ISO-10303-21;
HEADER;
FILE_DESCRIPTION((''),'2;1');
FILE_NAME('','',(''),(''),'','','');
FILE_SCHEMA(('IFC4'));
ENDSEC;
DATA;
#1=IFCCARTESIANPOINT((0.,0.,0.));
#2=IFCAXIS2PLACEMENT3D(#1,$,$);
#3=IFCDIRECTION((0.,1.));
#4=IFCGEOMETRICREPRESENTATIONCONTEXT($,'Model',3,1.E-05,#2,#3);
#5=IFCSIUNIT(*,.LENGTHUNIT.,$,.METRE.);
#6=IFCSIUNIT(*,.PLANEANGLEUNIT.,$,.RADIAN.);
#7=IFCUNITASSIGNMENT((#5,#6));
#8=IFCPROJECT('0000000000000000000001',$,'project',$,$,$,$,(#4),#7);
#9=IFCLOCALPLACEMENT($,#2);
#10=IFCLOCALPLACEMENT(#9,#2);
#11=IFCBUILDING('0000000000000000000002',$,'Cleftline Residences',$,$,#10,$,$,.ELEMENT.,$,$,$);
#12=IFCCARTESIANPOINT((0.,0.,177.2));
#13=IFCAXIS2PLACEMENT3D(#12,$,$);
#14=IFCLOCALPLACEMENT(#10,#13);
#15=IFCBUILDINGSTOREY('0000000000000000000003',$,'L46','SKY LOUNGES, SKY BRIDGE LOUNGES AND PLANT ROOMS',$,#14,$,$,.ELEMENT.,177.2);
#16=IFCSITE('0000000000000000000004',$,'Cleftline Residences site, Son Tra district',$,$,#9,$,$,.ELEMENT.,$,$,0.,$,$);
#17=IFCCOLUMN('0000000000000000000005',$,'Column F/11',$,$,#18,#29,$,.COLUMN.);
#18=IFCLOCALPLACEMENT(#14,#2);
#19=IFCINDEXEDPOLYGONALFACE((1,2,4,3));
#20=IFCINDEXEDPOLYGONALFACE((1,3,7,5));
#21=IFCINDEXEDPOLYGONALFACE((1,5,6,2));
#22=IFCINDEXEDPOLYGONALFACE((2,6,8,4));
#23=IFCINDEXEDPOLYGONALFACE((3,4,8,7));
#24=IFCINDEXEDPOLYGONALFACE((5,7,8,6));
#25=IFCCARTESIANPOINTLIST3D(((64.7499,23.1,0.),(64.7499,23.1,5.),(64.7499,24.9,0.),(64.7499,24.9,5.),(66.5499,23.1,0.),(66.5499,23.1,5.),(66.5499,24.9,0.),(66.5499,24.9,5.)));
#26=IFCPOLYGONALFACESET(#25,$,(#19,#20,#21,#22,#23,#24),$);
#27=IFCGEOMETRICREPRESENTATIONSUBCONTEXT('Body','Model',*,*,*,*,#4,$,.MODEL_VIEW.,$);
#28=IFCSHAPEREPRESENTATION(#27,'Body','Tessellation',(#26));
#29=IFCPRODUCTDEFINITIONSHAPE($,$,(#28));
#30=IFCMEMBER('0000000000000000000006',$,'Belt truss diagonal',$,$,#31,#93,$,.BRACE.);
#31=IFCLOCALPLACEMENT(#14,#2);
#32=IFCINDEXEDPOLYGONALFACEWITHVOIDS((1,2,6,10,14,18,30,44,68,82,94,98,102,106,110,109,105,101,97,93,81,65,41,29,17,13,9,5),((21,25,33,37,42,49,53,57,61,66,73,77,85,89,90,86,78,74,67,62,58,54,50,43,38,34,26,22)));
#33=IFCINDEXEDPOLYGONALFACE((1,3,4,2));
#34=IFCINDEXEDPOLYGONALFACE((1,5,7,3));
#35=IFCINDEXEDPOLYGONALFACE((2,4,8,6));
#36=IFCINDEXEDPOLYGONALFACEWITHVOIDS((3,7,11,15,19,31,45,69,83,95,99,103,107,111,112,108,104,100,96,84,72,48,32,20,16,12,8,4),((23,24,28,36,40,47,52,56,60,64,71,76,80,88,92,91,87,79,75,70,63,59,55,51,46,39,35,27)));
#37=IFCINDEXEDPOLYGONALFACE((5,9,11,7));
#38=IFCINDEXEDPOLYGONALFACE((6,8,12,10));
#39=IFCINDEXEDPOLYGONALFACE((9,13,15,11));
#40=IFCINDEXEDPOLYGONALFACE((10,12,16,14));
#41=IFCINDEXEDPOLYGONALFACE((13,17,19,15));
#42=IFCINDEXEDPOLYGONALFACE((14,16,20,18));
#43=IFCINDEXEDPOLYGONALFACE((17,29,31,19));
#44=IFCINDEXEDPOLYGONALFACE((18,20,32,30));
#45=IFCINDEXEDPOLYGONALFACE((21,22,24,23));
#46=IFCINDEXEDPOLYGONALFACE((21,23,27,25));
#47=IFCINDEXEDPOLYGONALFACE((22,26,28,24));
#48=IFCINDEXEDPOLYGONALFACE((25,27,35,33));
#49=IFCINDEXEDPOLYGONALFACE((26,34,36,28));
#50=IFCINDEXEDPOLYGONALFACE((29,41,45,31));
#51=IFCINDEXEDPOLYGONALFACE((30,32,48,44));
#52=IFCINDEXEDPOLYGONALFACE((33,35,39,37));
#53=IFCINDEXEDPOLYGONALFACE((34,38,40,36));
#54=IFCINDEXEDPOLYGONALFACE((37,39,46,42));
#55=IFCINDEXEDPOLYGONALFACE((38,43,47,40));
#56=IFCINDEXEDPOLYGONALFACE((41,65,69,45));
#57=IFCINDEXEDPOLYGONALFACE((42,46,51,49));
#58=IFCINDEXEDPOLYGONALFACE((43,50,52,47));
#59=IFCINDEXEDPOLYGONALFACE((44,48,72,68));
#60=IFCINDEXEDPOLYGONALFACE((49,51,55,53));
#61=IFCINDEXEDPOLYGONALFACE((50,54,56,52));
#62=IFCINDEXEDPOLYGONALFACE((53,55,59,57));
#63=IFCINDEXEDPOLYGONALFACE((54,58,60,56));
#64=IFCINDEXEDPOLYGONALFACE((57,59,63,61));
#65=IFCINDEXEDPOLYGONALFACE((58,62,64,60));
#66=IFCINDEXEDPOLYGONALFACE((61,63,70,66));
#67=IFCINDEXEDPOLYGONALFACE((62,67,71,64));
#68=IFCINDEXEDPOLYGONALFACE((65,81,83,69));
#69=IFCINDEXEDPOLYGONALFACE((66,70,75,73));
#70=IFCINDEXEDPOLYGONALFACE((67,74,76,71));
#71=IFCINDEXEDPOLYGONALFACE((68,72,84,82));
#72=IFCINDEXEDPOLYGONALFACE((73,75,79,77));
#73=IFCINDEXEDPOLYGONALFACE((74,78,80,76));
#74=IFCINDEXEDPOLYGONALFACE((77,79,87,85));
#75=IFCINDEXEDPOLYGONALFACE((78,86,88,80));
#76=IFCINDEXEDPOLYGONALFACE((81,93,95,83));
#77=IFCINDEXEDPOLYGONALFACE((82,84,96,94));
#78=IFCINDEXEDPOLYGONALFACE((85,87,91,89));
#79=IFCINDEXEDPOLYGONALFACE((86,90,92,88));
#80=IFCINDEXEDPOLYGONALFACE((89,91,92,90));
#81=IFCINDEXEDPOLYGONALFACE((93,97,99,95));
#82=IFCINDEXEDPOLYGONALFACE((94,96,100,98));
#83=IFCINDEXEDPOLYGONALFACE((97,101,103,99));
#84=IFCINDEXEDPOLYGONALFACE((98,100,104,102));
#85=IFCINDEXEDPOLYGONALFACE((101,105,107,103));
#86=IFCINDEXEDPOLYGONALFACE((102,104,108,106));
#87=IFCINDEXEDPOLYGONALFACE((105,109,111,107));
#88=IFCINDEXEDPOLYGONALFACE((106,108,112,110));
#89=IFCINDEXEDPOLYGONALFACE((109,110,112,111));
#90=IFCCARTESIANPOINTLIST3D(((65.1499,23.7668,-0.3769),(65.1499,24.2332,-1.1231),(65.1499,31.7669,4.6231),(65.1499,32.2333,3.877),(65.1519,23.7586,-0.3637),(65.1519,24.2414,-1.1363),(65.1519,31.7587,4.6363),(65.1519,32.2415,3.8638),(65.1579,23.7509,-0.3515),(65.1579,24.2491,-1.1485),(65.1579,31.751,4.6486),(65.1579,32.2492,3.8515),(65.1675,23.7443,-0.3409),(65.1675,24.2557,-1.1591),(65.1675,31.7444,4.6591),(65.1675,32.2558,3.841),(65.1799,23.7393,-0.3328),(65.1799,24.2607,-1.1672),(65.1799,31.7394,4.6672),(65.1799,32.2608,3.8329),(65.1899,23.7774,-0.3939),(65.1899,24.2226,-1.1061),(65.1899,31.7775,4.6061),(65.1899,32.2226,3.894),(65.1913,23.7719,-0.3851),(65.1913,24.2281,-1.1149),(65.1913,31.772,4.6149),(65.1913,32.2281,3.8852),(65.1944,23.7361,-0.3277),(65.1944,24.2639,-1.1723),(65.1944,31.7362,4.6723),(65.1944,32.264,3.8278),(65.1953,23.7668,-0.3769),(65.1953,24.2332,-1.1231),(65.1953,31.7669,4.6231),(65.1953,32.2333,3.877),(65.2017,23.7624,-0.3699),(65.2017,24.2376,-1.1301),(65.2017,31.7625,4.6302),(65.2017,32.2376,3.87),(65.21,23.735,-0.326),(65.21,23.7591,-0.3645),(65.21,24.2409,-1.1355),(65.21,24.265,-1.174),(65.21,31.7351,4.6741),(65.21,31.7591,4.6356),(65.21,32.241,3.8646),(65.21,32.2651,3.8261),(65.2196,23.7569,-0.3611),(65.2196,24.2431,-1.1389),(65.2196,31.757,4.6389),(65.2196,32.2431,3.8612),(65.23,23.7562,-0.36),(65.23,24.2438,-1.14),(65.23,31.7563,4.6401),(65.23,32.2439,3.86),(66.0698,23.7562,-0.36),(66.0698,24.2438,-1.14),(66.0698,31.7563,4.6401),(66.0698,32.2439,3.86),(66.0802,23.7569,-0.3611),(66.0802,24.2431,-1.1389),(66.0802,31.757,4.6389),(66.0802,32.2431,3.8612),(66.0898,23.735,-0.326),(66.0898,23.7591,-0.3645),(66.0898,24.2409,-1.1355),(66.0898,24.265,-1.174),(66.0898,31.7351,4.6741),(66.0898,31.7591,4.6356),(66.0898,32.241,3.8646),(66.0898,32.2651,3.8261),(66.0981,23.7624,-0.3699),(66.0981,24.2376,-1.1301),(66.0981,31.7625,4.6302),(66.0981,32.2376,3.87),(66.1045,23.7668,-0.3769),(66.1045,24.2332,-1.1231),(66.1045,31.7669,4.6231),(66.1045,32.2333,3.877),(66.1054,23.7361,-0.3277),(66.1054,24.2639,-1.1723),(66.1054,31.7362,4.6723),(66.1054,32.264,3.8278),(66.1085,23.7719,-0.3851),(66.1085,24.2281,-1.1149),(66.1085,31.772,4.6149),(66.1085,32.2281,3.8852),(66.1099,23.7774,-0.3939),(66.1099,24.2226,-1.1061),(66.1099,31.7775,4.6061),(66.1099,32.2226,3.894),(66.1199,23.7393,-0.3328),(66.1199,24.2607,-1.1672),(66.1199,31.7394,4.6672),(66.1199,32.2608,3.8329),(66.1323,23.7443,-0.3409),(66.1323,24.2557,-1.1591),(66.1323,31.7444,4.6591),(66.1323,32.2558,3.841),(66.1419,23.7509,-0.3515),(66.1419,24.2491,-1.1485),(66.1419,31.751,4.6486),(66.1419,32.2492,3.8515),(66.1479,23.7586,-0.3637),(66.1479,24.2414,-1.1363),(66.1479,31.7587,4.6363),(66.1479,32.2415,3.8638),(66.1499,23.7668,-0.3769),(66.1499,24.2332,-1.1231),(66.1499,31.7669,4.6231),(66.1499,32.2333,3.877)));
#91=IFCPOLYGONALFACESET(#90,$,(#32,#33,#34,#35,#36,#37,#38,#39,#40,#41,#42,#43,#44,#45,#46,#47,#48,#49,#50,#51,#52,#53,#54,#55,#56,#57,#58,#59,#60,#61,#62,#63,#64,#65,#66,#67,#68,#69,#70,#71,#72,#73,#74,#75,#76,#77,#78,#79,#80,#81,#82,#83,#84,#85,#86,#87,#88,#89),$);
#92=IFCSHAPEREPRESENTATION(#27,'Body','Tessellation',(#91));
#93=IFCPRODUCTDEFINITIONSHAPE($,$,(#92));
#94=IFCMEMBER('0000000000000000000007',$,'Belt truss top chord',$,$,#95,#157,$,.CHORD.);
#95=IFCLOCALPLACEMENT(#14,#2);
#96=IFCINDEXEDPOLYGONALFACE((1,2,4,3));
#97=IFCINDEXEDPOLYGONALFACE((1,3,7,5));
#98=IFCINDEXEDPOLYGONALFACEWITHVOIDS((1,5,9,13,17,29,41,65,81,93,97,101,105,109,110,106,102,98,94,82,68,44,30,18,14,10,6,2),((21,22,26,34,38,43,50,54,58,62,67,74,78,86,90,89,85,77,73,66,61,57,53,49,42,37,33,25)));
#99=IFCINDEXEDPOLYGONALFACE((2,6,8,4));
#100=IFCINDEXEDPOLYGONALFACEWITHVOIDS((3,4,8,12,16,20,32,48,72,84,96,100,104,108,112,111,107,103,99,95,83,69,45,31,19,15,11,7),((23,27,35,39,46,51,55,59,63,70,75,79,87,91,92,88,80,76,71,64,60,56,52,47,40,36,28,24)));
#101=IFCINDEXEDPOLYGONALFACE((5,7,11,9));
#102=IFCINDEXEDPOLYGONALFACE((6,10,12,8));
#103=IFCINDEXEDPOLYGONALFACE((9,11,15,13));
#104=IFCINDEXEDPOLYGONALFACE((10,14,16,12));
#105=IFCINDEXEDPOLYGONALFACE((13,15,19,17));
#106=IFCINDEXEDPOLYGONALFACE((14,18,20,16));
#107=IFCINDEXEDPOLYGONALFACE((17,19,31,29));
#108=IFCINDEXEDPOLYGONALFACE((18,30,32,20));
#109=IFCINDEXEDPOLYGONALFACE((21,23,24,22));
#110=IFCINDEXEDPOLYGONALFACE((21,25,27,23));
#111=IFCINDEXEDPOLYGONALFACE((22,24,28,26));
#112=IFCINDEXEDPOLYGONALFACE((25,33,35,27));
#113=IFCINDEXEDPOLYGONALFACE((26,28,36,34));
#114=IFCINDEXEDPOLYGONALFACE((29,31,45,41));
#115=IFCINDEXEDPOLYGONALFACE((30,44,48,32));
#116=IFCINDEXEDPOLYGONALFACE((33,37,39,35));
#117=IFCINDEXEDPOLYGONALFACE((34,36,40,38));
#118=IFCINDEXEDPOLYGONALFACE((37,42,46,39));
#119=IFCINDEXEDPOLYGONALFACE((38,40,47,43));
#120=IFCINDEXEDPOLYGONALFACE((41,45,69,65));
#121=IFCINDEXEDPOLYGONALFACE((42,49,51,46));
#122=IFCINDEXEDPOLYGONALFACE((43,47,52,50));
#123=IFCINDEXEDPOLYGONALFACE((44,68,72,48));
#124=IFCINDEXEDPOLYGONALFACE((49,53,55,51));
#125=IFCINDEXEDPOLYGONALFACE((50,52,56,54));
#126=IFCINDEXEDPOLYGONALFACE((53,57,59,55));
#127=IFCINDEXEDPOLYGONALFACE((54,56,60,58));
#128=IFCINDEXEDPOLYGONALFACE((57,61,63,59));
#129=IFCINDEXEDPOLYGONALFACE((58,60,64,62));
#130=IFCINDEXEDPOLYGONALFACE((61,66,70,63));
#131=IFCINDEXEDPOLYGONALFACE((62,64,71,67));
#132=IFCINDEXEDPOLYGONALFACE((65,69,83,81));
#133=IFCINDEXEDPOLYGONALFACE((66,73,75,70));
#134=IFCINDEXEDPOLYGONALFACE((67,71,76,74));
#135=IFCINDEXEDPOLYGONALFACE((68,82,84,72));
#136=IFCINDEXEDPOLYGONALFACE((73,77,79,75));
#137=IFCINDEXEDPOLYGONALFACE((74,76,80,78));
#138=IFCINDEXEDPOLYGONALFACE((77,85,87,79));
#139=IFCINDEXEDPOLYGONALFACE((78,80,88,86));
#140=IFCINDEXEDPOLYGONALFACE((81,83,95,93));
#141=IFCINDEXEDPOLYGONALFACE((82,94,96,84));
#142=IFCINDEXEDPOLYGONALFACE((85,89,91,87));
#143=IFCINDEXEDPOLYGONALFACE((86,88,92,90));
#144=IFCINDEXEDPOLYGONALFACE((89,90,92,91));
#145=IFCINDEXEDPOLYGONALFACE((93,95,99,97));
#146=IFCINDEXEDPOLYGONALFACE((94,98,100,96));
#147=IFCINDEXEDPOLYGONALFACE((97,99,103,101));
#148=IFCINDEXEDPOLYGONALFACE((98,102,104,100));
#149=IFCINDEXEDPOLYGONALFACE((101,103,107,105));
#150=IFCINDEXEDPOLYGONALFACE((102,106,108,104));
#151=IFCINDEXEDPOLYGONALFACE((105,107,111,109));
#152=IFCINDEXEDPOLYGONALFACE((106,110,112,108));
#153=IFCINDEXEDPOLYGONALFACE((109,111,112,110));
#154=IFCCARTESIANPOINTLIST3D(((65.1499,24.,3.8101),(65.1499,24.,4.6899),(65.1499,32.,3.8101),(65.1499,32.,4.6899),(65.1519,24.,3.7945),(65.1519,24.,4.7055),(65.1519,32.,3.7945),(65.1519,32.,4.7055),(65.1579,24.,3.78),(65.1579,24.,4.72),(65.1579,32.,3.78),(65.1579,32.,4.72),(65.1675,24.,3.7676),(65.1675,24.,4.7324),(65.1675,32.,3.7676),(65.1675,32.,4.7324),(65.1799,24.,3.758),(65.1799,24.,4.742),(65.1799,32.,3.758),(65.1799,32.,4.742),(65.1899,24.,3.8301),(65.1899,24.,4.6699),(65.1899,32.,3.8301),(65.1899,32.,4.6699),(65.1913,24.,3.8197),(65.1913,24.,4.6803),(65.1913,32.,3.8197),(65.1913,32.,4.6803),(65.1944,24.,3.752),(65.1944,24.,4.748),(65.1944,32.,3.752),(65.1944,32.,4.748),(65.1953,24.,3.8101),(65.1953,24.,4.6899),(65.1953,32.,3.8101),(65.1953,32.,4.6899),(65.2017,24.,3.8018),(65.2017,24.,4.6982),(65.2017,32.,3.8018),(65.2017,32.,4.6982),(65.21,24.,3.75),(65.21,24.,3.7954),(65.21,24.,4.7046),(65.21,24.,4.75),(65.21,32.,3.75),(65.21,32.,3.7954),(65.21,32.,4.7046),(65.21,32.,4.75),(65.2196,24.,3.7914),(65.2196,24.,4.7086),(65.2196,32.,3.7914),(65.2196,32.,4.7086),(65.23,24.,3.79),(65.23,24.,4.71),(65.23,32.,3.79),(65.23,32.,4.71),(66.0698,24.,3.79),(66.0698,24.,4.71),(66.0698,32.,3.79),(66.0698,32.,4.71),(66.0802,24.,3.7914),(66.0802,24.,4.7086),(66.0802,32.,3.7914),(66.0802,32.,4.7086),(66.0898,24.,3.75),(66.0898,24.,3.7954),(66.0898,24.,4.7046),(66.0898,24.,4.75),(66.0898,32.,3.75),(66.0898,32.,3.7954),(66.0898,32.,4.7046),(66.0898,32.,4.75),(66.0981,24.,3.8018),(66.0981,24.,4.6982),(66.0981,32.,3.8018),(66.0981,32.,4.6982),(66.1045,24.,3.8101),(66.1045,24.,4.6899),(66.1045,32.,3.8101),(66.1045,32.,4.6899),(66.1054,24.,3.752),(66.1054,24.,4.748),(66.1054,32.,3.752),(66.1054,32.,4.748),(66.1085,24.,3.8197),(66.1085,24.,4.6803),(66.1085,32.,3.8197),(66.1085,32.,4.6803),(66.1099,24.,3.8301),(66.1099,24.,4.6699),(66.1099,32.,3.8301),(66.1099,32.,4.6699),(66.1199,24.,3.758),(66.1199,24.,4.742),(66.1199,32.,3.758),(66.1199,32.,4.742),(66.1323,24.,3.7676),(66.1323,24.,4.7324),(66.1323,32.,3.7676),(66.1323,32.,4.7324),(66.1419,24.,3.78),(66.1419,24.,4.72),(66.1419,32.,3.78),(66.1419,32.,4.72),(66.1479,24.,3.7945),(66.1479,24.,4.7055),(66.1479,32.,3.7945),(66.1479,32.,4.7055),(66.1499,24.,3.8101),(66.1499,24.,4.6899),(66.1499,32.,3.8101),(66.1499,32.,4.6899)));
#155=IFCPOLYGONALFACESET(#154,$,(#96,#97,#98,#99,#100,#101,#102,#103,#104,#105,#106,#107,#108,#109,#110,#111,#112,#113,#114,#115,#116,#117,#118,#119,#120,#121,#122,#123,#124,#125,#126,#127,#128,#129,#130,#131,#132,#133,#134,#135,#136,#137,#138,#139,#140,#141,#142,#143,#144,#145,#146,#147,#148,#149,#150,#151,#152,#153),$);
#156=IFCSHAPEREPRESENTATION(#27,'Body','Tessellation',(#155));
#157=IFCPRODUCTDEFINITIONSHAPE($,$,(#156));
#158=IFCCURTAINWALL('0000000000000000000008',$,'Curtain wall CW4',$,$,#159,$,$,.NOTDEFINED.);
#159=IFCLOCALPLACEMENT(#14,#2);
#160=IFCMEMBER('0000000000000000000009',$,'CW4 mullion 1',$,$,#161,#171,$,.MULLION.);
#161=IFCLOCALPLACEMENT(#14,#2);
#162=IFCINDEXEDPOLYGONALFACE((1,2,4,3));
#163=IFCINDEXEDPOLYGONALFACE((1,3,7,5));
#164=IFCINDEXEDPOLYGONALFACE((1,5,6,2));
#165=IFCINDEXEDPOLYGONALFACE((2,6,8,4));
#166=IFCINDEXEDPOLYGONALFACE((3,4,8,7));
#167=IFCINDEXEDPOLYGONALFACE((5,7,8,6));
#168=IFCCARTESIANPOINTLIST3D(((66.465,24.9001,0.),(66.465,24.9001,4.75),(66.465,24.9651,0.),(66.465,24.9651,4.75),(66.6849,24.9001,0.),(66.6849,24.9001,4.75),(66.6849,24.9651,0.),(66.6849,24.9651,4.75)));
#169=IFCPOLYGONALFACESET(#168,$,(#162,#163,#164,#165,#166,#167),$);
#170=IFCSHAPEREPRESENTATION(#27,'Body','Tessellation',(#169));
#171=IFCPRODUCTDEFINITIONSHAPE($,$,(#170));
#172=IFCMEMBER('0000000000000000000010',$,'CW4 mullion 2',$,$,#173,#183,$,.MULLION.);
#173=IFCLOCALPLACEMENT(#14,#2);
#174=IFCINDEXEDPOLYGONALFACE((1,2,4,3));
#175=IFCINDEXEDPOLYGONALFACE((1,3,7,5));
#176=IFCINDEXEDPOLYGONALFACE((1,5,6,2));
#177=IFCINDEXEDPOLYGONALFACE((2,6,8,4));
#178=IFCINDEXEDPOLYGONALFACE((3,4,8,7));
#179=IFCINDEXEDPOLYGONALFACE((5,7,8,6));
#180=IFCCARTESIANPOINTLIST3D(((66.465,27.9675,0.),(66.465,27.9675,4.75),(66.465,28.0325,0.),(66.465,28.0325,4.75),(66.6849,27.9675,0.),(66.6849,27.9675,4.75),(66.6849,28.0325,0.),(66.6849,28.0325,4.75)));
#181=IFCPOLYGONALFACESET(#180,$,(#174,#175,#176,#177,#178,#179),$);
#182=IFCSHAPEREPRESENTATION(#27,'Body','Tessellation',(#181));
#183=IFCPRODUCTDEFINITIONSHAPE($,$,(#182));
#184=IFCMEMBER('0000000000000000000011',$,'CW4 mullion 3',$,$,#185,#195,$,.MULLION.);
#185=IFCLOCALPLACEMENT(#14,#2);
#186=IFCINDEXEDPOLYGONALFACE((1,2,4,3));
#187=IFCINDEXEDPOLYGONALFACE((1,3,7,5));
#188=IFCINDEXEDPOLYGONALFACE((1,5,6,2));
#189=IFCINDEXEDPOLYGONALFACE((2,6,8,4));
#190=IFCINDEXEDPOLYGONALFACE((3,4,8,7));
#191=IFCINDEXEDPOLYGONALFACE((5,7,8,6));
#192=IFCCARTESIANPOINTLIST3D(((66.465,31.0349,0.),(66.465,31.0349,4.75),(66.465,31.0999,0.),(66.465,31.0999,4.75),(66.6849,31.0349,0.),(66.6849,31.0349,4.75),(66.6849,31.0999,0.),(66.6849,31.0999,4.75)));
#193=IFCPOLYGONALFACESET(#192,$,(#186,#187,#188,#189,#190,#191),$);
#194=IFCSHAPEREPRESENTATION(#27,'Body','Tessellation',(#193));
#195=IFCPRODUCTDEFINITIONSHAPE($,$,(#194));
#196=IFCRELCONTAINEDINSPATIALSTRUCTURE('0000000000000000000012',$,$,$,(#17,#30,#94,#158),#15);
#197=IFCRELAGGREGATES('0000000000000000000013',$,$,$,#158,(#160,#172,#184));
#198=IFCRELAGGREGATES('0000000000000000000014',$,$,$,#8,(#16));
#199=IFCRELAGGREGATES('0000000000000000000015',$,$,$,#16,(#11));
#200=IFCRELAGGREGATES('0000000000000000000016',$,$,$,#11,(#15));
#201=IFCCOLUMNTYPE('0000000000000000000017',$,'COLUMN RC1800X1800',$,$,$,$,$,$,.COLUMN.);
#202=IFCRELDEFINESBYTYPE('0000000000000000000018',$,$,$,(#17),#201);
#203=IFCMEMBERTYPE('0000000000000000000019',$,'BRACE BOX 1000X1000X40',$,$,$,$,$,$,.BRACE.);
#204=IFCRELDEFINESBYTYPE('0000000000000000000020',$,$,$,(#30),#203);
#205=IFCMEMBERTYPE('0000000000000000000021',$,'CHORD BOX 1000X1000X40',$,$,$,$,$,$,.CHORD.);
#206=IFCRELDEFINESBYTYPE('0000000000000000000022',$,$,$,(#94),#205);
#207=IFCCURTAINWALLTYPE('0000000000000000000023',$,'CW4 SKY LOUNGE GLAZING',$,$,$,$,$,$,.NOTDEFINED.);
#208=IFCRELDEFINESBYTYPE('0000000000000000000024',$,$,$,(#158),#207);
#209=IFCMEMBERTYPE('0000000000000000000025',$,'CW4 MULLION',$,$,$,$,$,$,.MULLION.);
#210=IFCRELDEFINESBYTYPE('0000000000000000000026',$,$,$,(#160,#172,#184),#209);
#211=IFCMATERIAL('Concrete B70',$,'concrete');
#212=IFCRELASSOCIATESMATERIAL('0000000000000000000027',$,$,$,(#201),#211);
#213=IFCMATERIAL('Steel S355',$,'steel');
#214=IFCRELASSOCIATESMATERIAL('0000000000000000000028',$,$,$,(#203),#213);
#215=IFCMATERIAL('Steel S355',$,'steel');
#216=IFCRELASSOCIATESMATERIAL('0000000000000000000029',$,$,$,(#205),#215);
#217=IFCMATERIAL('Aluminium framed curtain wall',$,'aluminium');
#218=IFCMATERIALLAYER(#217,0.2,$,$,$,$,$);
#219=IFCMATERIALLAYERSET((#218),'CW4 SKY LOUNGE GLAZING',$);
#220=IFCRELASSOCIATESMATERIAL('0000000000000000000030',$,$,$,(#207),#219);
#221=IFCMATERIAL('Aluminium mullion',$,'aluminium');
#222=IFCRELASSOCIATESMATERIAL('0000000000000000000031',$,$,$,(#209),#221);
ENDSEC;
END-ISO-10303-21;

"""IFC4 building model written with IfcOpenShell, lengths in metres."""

from ifc_helpers import new_model, si_unit, direction, frame, origin, origin_2d, place, context, subcontext, project, spatial, rectangle, hollow_rectangle, extrude, material, layer, layer_set, material_profile, profile_set, type_object, element, aggregate, save


model = new_model("IFC4")

# Units and contexts
model_context = context("Model", 3, precision=1e-05, world=origin(), true_north=direction((0.0, 1.0)))
body_context = subcontext(model_context, "Body", "Model", "MODEL_VIEW")
ifc_project = project(units=[si_unit("LENGTHUNIT", "METRE"), si_unit("PLANEANGLEUNIT", "RADIAN")], contexts=[model_context])

# Site, building, storey
site_placement = place(None, origin())
site = spatial("IfcSite", under=ifc_project, at=site_placement, Name="Cleftline Residences site, Son Tra district", CompositionType="ELEMENT", RefElevation=0.0)
building_placement = place(site_placement, origin())
building = spatial("IfcBuilding", under=site, at=building_placement, Name="Cleftline Residences", CompositionType="ELEMENT")
storey_placement = place(building_placement, frame((0.0, 0.0, 177.2)))
storey = spatial("IfcBuildingStorey", under=building, at=storey_placement, Name="L46", Description="SKY LOUNGES, SKY BRIDGE LOUNGES AND PLANT ROOMS", CompositionType="ELEMENT", Elevation=177.2)

# Column
ifc_material_1 = material(Name="Concrete B70", Category="concrete")
ifc_material_profile_1 = material_profile(ifc_material_1, rectangle(XDim=1.8, YDim=1.8, at=origin_2d()))
ifc_profile_set_1 = profile_set([ifc_material_profile_1], Name="Concrete B70")
column_type = type_object("IfcColumnType", Name="COLUMN RC1800X1800", PredefinedType="COLUMN", material=ifc_profile_set_1)
column_placement = place(storey_placement, frame((65.6499, 24.0, 0.0), z_axis=(0.0, 0.0, 1.0), x_axis=(1.0, 0.0, 0.0)))
element("IfcColumn", 1, at=column_placement, inside=storey, type_object=column_type, Name="Column F/11", PredefinedType="COLUMN", context=body_context, shape_type="SweptSolid", body=[
    extrude(rectangle(XDim=1.8, YDim=1.8, at=origin_2d()), origin(), (0.0, 0.0, 1.0), 5.0),
])

# Members
ifc_material_2 = material(Name="Steel S355", Category="steel")
ifc_material_profile_2 = material_profile(ifc_material_2, hollow_rectangle(XDim=1.0, YDim=1.0, WallThickness=0.04, InnerFilletRadius=0.04, OuterFilletRadius=0.0601, at=origin_2d()))
ifc_profile_set_2 = profile_set([ifc_material_profile_2], Name="Steel S355")
member_type_1 = type_object("IfcMemberType", Name="BRACE BOX 1000X1000X40", PredefinedType="BRACE", material=ifc_profile_set_2)
member_1_placement = place(storey_placement, frame((65.6499, 24.0, -0.75), z_axis=(0.0, 0.847998, 0.529999), x_axis=(0.0, -0.529999, 0.847998)))
element("IfcMember", 2, at=member_1_placement, inside=storey, type_object=member_type_1, Name="Belt truss diagonal", PredefinedType="BRACE", context=body_context, shape_type="SweptSolid", body=[
    extrude(hollow_rectangle(XDim=1.0, YDim=1.0, WallThickness=0.04, InnerFilletRadius=0.04, OuterFilletRadius=0.0601, at=origin_2d()), origin(), (0.0, 0.0, 1.0), 9.4341),
])
ifc_material_3 = material(Name="Steel S355", Category="steel")
ifc_material_profile_3 = material_profile(ifc_material_3, hollow_rectangle(XDim=1.0, YDim=1.0, WallThickness=0.04, InnerFilletRadius=0.04, OuterFilletRadius=0.0601, at=origin_2d()))
ifc_profile_set_3 = profile_set([ifc_material_profile_3], Name="Steel S355")
member_type_2 = type_object("IfcMemberType", Name="CHORD BOX 1000X1000X40", PredefinedType="CHORD", material=ifc_profile_set_3)
member_2_placement = place(storey_placement, frame((65.6499, 24.0, 4.25), z_axis=(0.0, 1.0, 0.0), x_axis=(-1.0, 0.0, 0.0)))
element("IfcMember", 3, at=member_2_placement, inside=storey, type_object=member_type_2, Name="Belt truss top chord", PredefinedType="CHORD", context=body_context, shape_type="SweptSolid", body=[
    extrude(hollow_rectangle(XDim=1.0, YDim=1.0, WallThickness=0.04, InnerFilletRadius=0.04, OuterFilletRadius=0.0601, at=origin_2d()), origin(), (0.0, 0.0, 1.0), 8.0),
])

# Curtain wall, members
ifc_material_4 = material(Name="Aluminium framed curtain wall", Category="aluminium")
ifc_layer_1 = layer(ifc_material_4, 0.2)
ifc_layer_set_1 = layer_set([ifc_layer_1], Name="CW4 SKY LOUNGE GLAZING")
curtain_wall_type = type_object("IfcCurtainWallType", Name="CW4 SKY LOUNGE GLAZING", PredefinedType="NOTDEFINED", material=ifc_layer_set_1)
curtain_wall_placement = place(storey_placement, origin())
curtain_wall = element("IfcCurtainWall", 4, at=curtain_wall_placement, inside=storey, type_object=curtain_wall_type, Name="Curtain wall CW4", PredefinedType="NOTDEFINED")
ifc_material_5 = material(Name="Aluminium mullion", Category="aluminium")
ifc_material_profile_4 = material_profile(ifc_material_5, rectangle(XDim=0.22, YDim=0.0649, at=origin_2d()))
ifc_profile_set_4 = profile_set([ifc_material_profile_4], Name="Aluminium mullion")
member_type_3 = type_object("IfcMemberType", Name="CW4 MULLION", PredefinedType="MULLION", material=ifc_profile_set_4)
member_3_placement = place(storey_placement, frame((66.575, 24.9326, 0.0), z_axis=(0.0, 0.0, 1.0), x_axis=(-1.0, 0.0, 0.0)))
member_3 = element("IfcMember", 5, at=member_3_placement, type_object=member_type_3, Name="CW4 mullion 1", PredefinedType="MULLION", context=body_context, shape_type="SweptSolid", body=[
    extrude(rectangle(XDim=0.22, YDim=0.0649, at=origin_2d()), origin(), (0.0, 0.0, 1.0), 4.75),
])
member_4_placement = place(storey_placement, frame((66.575, 28.0, 0.0), z_axis=(0.0, 0.0, 1.0), x_axis=(-1.0, 0.0, 0.0)))
member_4 = element("IfcMember", 6, at=member_4_placement, type_object=member_type_3, Name="CW4 mullion 2", PredefinedType="MULLION", context=body_context, shape_type="SweptSolid", body=[
    extrude(rectangle(XDim=0.22, YDim=0.0649, at=origin_2d()), origin(), (0.0, 0.0, 1.0), 4.75),
])
member_5_placement = place(storey_placement, frame((66.575, 31.0674, 0.0), z_axis=(0.0, 0.0, 1.0), x_axis=(-1.0, 0.0, 0.0)))
member_5 = element("IfcMember", 7, at=member_5_placement, type_object=member_type_3, Name="CW4 mullion 3", PredefinedType="MULLION", context=body_context, shape_type="SweptSolid", body=[
    extrude(rectangle(XDim=0.22, YDim=0.0649, at=origin_2d()), origin(), (0.0, 0.0, 1.0), 4.75),
])
aggregate(curtain_wall, [member_3, member_4, member_5])

save(model, "model.ifc")
